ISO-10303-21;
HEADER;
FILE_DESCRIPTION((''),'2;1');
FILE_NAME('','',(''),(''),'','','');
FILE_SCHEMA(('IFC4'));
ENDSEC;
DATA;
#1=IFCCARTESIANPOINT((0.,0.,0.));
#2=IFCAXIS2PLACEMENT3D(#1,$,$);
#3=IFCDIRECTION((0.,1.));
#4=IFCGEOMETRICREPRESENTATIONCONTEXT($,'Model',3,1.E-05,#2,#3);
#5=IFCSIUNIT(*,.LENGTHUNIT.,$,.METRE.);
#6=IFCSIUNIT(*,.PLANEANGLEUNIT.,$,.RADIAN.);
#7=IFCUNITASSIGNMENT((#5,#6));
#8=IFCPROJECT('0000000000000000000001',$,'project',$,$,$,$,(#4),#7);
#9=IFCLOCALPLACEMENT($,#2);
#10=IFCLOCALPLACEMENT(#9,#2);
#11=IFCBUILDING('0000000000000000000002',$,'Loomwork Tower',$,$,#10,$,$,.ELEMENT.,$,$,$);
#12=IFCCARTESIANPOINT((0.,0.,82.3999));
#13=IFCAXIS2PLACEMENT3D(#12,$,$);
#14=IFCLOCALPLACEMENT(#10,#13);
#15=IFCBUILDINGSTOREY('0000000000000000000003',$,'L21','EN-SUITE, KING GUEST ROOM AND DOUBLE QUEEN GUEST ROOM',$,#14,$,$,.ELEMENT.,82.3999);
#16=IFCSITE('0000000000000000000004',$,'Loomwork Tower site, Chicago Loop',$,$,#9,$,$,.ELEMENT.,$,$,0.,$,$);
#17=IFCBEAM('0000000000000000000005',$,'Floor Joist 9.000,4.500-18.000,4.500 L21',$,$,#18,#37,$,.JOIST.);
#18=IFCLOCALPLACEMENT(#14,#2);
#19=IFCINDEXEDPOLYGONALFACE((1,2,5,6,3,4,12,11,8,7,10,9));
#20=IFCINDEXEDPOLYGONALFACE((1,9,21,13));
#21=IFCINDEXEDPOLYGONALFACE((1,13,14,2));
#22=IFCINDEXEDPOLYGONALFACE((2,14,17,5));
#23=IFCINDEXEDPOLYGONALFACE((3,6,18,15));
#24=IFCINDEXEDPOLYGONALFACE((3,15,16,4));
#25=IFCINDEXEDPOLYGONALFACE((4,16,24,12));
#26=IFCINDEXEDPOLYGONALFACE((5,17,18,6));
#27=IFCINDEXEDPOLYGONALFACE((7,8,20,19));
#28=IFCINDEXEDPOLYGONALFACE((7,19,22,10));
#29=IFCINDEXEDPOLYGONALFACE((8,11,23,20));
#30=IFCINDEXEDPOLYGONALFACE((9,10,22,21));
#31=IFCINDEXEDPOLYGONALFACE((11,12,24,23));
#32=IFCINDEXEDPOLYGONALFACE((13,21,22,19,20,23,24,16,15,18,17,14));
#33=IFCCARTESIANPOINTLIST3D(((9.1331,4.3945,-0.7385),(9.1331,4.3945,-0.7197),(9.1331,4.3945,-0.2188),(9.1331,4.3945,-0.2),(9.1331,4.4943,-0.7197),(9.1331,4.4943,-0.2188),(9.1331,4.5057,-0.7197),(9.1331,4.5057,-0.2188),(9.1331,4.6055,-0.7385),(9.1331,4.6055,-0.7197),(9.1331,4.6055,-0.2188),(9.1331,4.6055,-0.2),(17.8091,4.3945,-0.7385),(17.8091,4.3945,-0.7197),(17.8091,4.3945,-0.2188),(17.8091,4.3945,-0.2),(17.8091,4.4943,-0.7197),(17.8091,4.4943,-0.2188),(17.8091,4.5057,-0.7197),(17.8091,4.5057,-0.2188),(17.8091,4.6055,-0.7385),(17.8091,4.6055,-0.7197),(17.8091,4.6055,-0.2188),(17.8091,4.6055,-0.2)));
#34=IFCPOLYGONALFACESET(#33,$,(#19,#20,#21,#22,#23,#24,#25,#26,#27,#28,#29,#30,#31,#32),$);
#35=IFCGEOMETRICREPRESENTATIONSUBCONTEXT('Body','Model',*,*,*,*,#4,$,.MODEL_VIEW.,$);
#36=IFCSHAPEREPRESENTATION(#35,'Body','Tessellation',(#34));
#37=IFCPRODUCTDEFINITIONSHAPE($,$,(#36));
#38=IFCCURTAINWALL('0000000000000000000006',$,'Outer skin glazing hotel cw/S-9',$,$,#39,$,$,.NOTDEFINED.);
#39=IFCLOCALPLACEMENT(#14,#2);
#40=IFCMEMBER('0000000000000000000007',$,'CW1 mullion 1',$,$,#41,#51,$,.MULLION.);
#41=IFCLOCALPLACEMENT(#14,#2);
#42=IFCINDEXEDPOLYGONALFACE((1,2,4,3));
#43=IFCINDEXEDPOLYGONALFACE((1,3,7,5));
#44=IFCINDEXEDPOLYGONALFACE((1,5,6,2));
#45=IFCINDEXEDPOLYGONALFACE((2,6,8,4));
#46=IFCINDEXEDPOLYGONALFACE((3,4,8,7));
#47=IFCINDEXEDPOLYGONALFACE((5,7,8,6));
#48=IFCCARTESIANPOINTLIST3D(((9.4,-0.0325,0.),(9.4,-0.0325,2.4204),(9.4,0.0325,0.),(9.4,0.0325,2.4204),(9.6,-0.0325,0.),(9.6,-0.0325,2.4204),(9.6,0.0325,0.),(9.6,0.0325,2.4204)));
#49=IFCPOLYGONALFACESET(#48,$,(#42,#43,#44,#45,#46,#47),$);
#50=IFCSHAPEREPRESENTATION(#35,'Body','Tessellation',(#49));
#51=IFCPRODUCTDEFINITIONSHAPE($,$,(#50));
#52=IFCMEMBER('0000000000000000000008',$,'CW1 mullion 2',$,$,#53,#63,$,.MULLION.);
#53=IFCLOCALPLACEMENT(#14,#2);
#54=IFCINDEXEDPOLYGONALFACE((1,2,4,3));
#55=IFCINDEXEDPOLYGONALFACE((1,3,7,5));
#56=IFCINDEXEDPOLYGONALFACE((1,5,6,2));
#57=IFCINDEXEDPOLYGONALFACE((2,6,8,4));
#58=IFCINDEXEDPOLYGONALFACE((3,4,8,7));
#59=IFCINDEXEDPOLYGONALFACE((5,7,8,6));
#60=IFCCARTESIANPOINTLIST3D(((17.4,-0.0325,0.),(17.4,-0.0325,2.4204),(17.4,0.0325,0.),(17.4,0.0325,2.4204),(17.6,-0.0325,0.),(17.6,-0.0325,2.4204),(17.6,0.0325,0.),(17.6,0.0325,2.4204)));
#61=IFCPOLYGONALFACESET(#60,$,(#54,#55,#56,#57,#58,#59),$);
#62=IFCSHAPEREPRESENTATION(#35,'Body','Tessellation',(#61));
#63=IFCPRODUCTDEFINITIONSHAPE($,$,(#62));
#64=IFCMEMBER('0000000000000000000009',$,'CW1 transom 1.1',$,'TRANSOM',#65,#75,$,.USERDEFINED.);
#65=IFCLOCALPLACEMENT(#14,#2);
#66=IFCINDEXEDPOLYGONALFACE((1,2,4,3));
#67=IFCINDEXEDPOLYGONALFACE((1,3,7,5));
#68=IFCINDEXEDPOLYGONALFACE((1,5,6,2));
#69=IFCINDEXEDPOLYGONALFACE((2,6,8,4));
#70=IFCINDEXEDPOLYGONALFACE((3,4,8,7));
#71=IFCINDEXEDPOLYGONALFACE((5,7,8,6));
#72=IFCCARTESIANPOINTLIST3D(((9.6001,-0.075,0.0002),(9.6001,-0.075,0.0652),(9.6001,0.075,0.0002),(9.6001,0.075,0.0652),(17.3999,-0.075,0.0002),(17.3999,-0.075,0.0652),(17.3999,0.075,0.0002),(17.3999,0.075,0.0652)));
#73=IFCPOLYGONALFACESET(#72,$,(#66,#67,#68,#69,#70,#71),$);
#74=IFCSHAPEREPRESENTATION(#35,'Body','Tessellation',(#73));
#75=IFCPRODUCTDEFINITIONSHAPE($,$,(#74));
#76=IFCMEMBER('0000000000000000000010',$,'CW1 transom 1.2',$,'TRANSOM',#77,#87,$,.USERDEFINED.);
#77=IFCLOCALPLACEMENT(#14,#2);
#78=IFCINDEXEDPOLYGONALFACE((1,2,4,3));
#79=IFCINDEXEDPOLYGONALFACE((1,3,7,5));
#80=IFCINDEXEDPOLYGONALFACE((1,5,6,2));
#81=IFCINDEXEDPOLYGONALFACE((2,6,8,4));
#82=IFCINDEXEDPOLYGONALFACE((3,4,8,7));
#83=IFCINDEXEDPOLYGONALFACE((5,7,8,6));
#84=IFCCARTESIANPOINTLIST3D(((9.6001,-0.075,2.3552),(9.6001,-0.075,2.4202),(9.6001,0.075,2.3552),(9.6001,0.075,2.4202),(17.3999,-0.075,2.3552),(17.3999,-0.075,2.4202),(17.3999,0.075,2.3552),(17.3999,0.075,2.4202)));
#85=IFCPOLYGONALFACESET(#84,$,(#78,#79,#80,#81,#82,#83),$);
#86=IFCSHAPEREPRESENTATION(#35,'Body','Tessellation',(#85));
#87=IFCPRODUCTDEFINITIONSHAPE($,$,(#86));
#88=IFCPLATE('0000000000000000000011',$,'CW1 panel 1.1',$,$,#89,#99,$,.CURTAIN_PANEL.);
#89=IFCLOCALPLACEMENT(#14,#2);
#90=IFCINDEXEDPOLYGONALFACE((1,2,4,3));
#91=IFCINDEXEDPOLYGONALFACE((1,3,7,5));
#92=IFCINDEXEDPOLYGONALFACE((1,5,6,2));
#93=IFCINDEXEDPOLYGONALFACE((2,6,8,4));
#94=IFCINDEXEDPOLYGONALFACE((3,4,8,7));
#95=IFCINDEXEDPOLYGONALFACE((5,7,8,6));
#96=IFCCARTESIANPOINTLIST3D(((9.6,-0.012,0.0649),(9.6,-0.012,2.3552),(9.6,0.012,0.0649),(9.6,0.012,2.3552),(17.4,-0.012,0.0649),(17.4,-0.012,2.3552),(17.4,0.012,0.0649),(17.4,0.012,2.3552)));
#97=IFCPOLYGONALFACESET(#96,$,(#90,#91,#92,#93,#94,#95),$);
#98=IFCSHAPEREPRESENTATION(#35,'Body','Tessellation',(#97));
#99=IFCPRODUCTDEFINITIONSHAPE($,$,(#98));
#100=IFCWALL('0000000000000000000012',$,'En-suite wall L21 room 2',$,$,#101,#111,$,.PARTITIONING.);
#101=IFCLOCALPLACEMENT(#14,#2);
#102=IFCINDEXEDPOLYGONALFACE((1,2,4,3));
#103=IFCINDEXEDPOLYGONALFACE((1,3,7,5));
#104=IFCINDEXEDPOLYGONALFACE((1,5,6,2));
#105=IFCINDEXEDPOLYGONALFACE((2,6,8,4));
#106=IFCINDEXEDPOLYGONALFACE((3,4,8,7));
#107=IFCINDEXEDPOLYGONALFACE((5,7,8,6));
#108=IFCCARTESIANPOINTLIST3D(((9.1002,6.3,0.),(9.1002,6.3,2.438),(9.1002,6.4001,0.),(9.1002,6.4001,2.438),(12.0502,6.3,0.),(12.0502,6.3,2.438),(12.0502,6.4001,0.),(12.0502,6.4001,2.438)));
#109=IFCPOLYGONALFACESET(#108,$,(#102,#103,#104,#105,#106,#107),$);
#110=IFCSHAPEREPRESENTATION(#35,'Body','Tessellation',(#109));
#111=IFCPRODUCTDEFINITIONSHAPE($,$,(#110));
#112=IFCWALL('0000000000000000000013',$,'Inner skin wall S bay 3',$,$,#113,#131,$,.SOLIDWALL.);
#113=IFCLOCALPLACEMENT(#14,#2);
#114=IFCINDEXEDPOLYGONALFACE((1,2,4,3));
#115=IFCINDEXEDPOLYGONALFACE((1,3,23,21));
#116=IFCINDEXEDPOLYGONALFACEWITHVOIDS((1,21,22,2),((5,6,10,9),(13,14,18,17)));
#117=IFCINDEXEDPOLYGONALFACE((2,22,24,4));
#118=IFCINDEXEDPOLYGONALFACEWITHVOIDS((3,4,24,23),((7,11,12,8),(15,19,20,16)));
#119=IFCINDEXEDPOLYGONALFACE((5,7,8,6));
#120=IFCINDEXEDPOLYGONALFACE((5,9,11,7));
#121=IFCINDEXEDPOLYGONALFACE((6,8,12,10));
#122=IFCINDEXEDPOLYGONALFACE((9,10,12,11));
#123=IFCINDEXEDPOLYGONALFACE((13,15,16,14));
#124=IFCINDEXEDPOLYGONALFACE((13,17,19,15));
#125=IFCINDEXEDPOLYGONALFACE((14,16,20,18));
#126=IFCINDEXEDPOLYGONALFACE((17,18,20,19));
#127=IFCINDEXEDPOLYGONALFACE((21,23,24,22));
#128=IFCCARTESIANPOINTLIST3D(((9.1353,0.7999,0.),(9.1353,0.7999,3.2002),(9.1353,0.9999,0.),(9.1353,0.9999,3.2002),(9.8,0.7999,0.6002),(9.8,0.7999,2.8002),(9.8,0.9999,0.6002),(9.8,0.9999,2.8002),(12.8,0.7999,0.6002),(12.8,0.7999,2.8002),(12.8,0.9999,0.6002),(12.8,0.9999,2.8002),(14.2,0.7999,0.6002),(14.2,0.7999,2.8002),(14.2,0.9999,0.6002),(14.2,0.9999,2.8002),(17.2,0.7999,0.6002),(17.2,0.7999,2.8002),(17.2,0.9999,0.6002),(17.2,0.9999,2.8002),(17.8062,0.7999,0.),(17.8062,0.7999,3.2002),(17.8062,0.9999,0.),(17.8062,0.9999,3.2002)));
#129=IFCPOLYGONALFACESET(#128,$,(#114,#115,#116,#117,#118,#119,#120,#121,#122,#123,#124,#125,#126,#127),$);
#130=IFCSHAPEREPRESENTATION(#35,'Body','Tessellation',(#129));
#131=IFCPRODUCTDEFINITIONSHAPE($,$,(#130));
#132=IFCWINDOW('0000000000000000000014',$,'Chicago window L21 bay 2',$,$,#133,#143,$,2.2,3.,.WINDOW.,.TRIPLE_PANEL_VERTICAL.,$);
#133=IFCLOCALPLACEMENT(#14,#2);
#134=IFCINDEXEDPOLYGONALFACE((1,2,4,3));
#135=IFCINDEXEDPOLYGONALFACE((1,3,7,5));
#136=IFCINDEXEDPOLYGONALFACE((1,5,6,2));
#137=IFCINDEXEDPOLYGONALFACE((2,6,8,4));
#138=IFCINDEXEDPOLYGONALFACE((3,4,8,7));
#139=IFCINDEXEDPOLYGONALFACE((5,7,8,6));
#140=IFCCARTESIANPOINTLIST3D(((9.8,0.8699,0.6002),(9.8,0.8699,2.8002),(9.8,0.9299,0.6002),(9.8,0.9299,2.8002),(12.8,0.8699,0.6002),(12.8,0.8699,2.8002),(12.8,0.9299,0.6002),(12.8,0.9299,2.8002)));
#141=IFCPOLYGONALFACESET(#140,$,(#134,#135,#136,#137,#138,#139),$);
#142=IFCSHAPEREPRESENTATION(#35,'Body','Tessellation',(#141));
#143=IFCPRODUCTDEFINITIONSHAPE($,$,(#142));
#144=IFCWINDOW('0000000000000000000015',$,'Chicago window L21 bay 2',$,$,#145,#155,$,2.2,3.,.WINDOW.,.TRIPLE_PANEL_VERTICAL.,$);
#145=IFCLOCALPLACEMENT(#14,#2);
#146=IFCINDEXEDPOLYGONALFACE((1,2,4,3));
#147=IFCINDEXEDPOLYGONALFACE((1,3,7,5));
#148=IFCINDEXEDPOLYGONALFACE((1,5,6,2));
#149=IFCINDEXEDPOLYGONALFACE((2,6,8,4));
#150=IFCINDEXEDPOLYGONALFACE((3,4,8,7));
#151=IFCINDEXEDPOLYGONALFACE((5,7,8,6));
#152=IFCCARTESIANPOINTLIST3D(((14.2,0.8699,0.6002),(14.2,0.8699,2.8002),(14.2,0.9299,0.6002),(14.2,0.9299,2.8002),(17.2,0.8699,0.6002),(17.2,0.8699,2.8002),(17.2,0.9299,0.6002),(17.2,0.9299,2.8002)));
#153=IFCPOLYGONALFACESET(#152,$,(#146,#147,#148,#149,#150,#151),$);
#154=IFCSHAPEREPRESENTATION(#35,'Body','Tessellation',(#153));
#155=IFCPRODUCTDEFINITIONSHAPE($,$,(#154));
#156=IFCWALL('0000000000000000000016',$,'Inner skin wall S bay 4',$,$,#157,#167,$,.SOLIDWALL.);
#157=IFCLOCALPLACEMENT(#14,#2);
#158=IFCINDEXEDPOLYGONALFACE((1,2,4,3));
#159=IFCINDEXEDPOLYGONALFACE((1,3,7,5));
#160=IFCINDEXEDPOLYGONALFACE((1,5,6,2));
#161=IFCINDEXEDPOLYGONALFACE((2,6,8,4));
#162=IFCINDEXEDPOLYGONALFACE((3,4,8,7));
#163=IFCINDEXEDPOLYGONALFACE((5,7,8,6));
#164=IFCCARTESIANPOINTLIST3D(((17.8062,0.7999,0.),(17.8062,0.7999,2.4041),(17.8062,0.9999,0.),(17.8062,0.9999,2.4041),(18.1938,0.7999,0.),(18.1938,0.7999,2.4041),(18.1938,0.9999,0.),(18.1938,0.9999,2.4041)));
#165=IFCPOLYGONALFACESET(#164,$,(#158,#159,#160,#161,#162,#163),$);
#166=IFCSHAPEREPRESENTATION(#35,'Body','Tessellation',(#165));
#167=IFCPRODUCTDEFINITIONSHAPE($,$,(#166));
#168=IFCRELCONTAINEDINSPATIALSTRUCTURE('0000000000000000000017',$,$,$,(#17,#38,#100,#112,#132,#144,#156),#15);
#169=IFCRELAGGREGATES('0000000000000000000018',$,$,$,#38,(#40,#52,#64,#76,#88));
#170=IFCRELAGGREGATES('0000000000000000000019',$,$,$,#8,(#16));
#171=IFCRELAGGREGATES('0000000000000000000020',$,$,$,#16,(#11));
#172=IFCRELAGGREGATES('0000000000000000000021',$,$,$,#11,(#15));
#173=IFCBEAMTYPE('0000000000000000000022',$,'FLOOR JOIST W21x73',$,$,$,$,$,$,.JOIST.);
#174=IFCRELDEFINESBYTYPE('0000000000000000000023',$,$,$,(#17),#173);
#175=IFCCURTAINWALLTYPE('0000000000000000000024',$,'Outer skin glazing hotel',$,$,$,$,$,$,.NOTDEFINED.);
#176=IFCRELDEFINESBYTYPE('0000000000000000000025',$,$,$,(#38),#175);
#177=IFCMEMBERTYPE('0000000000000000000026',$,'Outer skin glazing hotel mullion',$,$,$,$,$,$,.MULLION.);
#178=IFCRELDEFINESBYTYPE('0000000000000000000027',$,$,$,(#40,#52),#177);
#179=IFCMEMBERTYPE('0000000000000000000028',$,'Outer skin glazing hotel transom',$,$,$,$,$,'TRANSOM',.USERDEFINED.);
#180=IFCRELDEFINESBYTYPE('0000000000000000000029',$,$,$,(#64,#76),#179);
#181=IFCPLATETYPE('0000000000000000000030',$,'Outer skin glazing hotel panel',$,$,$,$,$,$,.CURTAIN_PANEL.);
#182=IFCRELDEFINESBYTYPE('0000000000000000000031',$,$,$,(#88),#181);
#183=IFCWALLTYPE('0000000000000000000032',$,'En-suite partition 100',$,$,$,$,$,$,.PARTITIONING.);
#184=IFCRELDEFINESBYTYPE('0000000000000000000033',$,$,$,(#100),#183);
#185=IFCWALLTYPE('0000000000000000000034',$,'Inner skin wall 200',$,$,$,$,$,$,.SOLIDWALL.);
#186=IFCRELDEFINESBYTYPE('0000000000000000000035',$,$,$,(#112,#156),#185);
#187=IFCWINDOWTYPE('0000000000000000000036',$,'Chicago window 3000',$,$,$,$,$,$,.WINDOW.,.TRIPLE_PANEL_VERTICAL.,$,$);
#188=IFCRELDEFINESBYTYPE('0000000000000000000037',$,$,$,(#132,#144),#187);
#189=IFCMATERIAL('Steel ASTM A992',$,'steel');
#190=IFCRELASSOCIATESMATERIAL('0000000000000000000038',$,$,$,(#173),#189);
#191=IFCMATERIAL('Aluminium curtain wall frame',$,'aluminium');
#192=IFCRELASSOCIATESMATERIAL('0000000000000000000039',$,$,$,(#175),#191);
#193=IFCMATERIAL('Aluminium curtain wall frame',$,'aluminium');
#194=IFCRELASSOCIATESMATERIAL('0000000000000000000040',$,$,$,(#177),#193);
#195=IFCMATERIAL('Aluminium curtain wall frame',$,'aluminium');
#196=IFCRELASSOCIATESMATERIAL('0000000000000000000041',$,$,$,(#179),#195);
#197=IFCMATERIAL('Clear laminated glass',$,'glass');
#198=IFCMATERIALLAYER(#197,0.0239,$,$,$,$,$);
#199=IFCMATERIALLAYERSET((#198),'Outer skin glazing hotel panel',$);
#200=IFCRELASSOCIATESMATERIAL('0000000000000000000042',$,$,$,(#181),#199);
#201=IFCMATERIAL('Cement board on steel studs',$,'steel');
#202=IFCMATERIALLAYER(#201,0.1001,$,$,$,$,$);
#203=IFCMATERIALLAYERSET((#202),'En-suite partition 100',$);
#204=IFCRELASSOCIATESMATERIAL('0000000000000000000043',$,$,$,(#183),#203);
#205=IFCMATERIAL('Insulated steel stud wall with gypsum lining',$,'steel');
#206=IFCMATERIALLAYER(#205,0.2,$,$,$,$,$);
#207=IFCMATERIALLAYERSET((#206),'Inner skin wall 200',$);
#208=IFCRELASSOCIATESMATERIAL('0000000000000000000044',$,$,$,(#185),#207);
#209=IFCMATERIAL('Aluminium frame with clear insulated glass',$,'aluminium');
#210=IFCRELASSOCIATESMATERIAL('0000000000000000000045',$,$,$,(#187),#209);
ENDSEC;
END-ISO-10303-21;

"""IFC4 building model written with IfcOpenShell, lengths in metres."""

from ifc_helpers import new_model, si_unit, direction, frame, frame_2d, origin, origin_2d, place, context, subcontext, project, spatial, rectangle, i_section, extrude, material, layer, layer_set, material_profile, profile_set, type_object, element, fill, aggregate, save


model = new_model("IFC4")

# Units and contexts
model_context = context("Model", 3, precision=1e-05, world=origin(), true_north=direction((0.0, 1.0)))
body_context = subcontext(model_context, "Body", "Model", "MODEL_VIEW")
ifc_project = project(units=[si_unit("LENGTHUNIT", "METRE"), si_unit("PLANEANGLEUNIT", "RADIAN")], contexts=[model_context])

# Site, building, storey
site_placement = place(None, origin())
site = spatial("IfcSite", under=ifc_project, at=site_placement, Name="Loomwork Tower site, Chicago Loop", CompositionType="ELEMENT", RefElevation=0.0)
building_placement = place(site_placement, origin())
building = spatial("IfcBuilding", under=site, at=building_placement, Name="Loomwork Tower", CompositionType="ELEMENT")
storey_placement = place(building_placement, frame((0.0, 0.0, 82.3999)))
storey = spatial("IfcBuildingStorey", under=building, at=storey_placement, Name="L21", Description="EN-SUITE, KING GUEST ROOM AND DOUBLE QUEEN GUEST ROOM", CompositionType="ELEMENT", Elevation=82.3999)

# Beam
ifc_material_1 = material(Name="Steel ASTM A992", Category="steel")
ifc_material_profile_1 = material_profile(ifc_material_1, i_section(OverallWidth=0.2109, OverallDepth=0.5386, WebThickness=0.0115, FlangeThickness=0.0188, at=origin_2d()), Name="W21x73")
ifc_profile_set_1 = profile_set([ifc_material_profile_1], Name="Steel ASTM A992")
beam_type = type_object("IfcBeamType", Name="FLOOR JOIST W21x73", PredefinedType="JOIST", material=ifc_profile_set_1)
beam_placement = place(storey_placement, frame((9.1331, 4.5, -0.4692), z_axis=(1.0, 0.0, 0.0), x_axis=(0.0, 1.0, 0.0)))
element("IfcBeam", 1, at=beam_placement, inside=storey, type_object=beam_type, Name="Floor Joist 9.000,4.500-18.000,4.500 L21", PredefinedType="JOIST", context=body_context, shape_type="SweptSolid", body=[
    extrude(i_section(OverallWidth=0.2109, OverallDepth=0.5386, WebThickness=0.0115, FlangeThickness=0.0188, at=origin_2d()), origin(), (0.0, 0.0, 1.0), 8.676),
])

# Curtain wall, members, plate
ifc_material_2 = material(Name="Aluminium curtain wall frame", Category="aluminium")
curtain_wall_type = type_object("IfcCurtainWallType", Name="Outer skin glazing hotel", PredefinedType="NOTDEFINED", material=ifc_material_2)
curtain_wall_placement = place(storey_placement, origin())
curtain_wall = element("IfcCurtainWall", 2, at=curtain_wall_placement, inside=storey, type_object=curtain_wall_type, Name="Outer skin glazing hotel cw/S-9", PredefinedType="NOTDEFINED")
ifc_material_3 = material(Name="Aluminium curtain wall frame", Category="aluminium")
ifc_material_profile_2 = material_profile(ifc_material_3, rectangle(XDim=0.0649, YDim=0.2, at=origin_2d()), Name="AL 65x200")
ifc_profile_set_2 = profile_set([ifc_material_profile_2], Name="Aluminium curtain wall frame")
member_type_1 = type_object("IfcMemberType", Name="Outer skin glazing hotel mullion", PredefinedType="MULLION", material=ifc_profile_set_2)
member_1_placement = place(storey_placement, frame((9.5, 0.0, 0.0), z_axis=(0.0, 0.0, 1.0), x_axis=(0.0, 1.0, 0.0)))
member_1 = element("IfcMember", 3, at=member_1_placement, type_object=member_type_1, Name="CW1 mullion 1", PredefinedType="MULLION", context=body_context, shape_type="SweptSolid", body=[
    extrude(rectangle(XDim=0.0649, YDim=0.2, at=origin_2d()), origin(), (0.0, 0.0, 1.0), 2.4204),
])
member_2_placement = place(storey_placement, frame((17.5, 0.0, 0.0), z_axis=(0.0, 0.0, 1.0), x_axis=(0.0, 1.0, 0.0)))
member_2 = element("IfcMember", 4, at=member_2_placement, type_object=member_type_1, Name="CW1 mullion 2", PredefinedType="MULLION", context=body_context, shape_type="SweptSolid", body=[
    extrude(rectangle(XDim=0.0649, YDim=0.2, at=origin_2d()), origin(), (0.0, 0.0, 1.0), 2.4204),
])
ifc_material_4 = material(Name="Aluminium curtain wall frame", Category="aluminium")
ifc_material_profile_3 = material_profile(ifc_material_4, rectangle(XDim=0.1499, YDim=0.0649, at=origin_2d()), Name="AL 65x150")
ifc_profile_set_3 = profile_set([ifc_material_profile_3], Name="Aluminium curtain wall frame")
member_type_2 = type_object("IfcMemberType", Name="Outer skin glazing hotel transom", ElementType="TRANSOM", PredefinedType="USERDEFINED", material=ifc_profile_set_3)
member_3_placement = place(storey_placement, frame((9.6001, 0.0, 0.0327), z_axis=(1.0, 0.0, 0.0), x_axis=(0.0, 1.0, 0.0)))
member_3 = element("IfcMember", 5, at=member_3_placement, type_object=member_type_2, Name="CW1 transom 1.1", ObjectType="TRANSOM", PredefinedType="USERDEFINED", context=body_context, shape_type="SweptSolid", body=[
    extrude(rectangle(XDim=0.1499, YDim=0.0649, at=origin_2d()), origin(), (0.0, 0.0, 1.0), 7.7998),
])
member_4_placement = place(storey_placement, frame((9.6001, 0.0, 2.3877), z_axis=(1.0, 0.0, 0.0), x_axis=(0.0, 1.0, 0.0)))
member_4 = element("IfcMember", 6, at=member_4_placement, type_object=member_type_2, Name="CW1 transom 1.2", ObjectType="TRANSOM", PredefinedType="USERDEFINED", context=body_context, shape_type="SweptSolid", body=[
    extrude(rectangle(XDim=0.1499, YDim=0.0649, at=origin_2d()), origin(), (0.0, 0.0, 1.0), 7.7998),
])
ifc_material_5 = material(Name="Clear laminated glass", Category="glass")
ifc_layer_1 = layer(ifc_material_5, 0.0239)
ifc_layer_set_1 = layer_set([ifc_layer_1], Name="Outer skin glazing hotel panel")
plate_type = type_object("IfcPlateType", Name="Outer skin glazing hotel panel", PredefinedType="CURTAIN_PANEL", material=ifc_layer_set_1)
plate_placement = place(storey_placement, frame((13.5, 0.0, 0.0649), z_axis=(0.0, 0.0, 1.0), x_axis=(1.0, 0.0, 0.0)))
plate = element("IfcPlate", 7, at=plate_placement, type_object=plate_type, Name="CW1 panel 1.1", PredefinedType="CURTAIN_PANEL", context=body_context, shape_type="SweptSolid", body=[
    extrude(rectangle(XDim=7.8, YDim=0.0239, at=origin_2d()), origin(), (0.0, 0.0, 1.0), 2.2903),
])
aggregate(curtain_wall, [member_1, member_2, member_3, member_4, plate])

# Wall
ifc_material_6 = material(Name="Cement board on steel studs", Category="steel")
ifc_layer_2 = layer(ifc_material_6, 0.1001)
ifc_layer_set_2 = layer_set([ifc_layer_2], Name="En-suite partition 100")
wall_type_1 = type_object("IfcWallType", Name="En-suite partition 100", PredefinedType="PARTITIONING", material=ifc_layer_set_2)
wall_1_placement = place(storey_placement, frame((9.1001, 6.3501, 0.0), z_axis=(0.0, 0.0, 1.0), x_axis=(1.0, 0.0, 0.0)))
element("IfcWall", 8, at=wall_1_placement, inside=storey, type_object=wall_type_1, Name="En-suite wall L21 room 2", PredefinedType="PARTITIONING", context=body_context, shape_type="SweptSolid", body=[
    extrude(rectangle(XDim=2.95, YDim=0.1001, at=frame_2d((1.4751, 0.0))), origin(), (0.0, 0.0, 1.0), 2.438),
])

# Wall, openings, windows
ifc_material_7 = material(Name="Insulated steel stud wall with gypsum lining", Category="steel")
ifc_layer_3 = layer(ifc_material_7, 0.2)
ifc_layer_set_3 = layer_set([ifc_layer_3], Name="Inner skin wall 200")
wall_type_2 = type_object("IfcWallType", Name="Inner skin wall 200", PredefinedType="SOLIDWALL", material=ifc_layer_set_3)
wall_2_placement = place(storey_placement, frame((9.1353, 0.8999, 0.0), z_axis=(0.0, 0.0, 1.0), x_axis=(1.0, 0.0, 0.0)))
wall_2 = element("IfcWall", 9, at=wall_2_placement, inside=storey, type_object=wall_type_2, Name="Inner skin wall S bay 3", PredefinedType="SOLIDWALL", context=body_context, shape_type="SweptSolid", body=[
    extrude(rectangle(XDim=8.6709, YDim=0.2, at=frame_2d((4.3354, 0.0))), origin(), (0.0, 0.0, 1.0), 3.2002),
])
opening_1_placement = place(wall_2_placement, frame((0.6648, 0.0, 0.6001)))
opening_1 = element("IfcOpeningElement", 10, at=opening_1_placement, cuts=wall_2, PredefinedType="OPENING", context=body_context, shape_type="SweptSolid", body=[
    extrude(rectangle(XDim=3.0, YDim=2.2, at=frame_2d((1.5, 1.1001))), frame((0.0, 0.1099, 0.0), z_axis=(0.0, -1.0, 0.0), x_axis=(1.0, 0.0, 0.0)), (0.0, 0.0, 1.0), 0.22),
])
opening_2_placement = place(wall_2_placement, frame((5.0647, 0.0, 0.6001)))
opening_2 = element("IfcOpeningElement", 11, at=opening_2_placement, cuts=wall_2, PredefinedType="OPENING", context=body_context, shape_type="SweptSolid", body=[
    extrude(rectangle(XDim=3.0, YDim=2.2, at=frame_2d((1.5, 1.1001))), frame((0.0, 0.1099, 0.0), z_axis=(0.0, -1.0, 0.0), x_axis=(1.0, 0.0, 0.0)), (0.0, 0.0, 1.0), 0.22),
])
ifc_material_8 = material(Name="Aluminium frame with clear insulated glass", Category="aluminium")
window_type = type_object("IfcWindowType", Name="Chicago window 3000", PartitioningType="TRIPLE_PANEL_VERTICAL", PredefinedType="WINDOW", material=ifc_material_8)
window_1_placement = place(opening_1_placement, origin())
window_1 = element("IfcWindow", 12, at=window_1_placement, inside=storey, type_object=window_type, Name="Chicago window L21 bay 2", OverallHeight=2.2, OverallWidth=3.0, PartitioningType="TRIPLE_PANEL_VERTICAL", PredefinedType="WINDOW", context=body_context, shape_type="SweptSolid", body=[
    extrude(rectangle(XDim=3.0, YDim=2.2, at=frame_2d((1.5, 1.1001))), frame((0.0, 0.03, 0.0), z_axis=(0.0, -1.0, 0.0), x_axis=(1.0, 0.0, 0.0)), (0.0, 0.0, 1.0), 0.0601),
])
fill(opening_1, window_1)
window_2_placement = place(opening_2_placement, origin())
window_2 = element("IfcWindow", 13, at=window_2_placement, inside=storey, type_object=window_type, Name="Chicago window L21 bay 2", OverallHeight=2.2, OverallWidth=3.0, PartitioningType="TRIPLE_PANEL_VERTICAL", PredefinedType="WINDOW", context=body_context, shape_type="SweptSolid", body=[
    extrude(rectangle(XDim=3.0, YDim=2.2, at=frame_2d((1.5, 1.1001))), frame((0.0, 0.03, 0.0), z_axis=(0.0, -1.0, 0.0), x_axis=(1.0, 0.0, 0.0)), (0.0, 0.0, 1.0), 0.0601),
])
fill(opening_2, window_2)

# Wall
wall_3_placement = place(storey_placement, frame((17.8062, 0.8999, 0.0), z_axis=(0.0, 0.0, 1.0), x_axis=(1.0, 0.0, 0.0)))
element("IfcWall", 14, at=wall_3_placement, inside=storey, type_object=wall_type_2, Name="Inner skin wall S bay 4", PredefinedType="SOLIDWALL", context=body_context, shape_type="SweptSolid", body=[
    extrude(rectangle(XDim=0.3877, YDim=0.2, at=frame_2d((0.1938, 0.0))), origin(), (0.0, 0.0, 1.0), 2.4041),
])

save(model, "model.ifc")
